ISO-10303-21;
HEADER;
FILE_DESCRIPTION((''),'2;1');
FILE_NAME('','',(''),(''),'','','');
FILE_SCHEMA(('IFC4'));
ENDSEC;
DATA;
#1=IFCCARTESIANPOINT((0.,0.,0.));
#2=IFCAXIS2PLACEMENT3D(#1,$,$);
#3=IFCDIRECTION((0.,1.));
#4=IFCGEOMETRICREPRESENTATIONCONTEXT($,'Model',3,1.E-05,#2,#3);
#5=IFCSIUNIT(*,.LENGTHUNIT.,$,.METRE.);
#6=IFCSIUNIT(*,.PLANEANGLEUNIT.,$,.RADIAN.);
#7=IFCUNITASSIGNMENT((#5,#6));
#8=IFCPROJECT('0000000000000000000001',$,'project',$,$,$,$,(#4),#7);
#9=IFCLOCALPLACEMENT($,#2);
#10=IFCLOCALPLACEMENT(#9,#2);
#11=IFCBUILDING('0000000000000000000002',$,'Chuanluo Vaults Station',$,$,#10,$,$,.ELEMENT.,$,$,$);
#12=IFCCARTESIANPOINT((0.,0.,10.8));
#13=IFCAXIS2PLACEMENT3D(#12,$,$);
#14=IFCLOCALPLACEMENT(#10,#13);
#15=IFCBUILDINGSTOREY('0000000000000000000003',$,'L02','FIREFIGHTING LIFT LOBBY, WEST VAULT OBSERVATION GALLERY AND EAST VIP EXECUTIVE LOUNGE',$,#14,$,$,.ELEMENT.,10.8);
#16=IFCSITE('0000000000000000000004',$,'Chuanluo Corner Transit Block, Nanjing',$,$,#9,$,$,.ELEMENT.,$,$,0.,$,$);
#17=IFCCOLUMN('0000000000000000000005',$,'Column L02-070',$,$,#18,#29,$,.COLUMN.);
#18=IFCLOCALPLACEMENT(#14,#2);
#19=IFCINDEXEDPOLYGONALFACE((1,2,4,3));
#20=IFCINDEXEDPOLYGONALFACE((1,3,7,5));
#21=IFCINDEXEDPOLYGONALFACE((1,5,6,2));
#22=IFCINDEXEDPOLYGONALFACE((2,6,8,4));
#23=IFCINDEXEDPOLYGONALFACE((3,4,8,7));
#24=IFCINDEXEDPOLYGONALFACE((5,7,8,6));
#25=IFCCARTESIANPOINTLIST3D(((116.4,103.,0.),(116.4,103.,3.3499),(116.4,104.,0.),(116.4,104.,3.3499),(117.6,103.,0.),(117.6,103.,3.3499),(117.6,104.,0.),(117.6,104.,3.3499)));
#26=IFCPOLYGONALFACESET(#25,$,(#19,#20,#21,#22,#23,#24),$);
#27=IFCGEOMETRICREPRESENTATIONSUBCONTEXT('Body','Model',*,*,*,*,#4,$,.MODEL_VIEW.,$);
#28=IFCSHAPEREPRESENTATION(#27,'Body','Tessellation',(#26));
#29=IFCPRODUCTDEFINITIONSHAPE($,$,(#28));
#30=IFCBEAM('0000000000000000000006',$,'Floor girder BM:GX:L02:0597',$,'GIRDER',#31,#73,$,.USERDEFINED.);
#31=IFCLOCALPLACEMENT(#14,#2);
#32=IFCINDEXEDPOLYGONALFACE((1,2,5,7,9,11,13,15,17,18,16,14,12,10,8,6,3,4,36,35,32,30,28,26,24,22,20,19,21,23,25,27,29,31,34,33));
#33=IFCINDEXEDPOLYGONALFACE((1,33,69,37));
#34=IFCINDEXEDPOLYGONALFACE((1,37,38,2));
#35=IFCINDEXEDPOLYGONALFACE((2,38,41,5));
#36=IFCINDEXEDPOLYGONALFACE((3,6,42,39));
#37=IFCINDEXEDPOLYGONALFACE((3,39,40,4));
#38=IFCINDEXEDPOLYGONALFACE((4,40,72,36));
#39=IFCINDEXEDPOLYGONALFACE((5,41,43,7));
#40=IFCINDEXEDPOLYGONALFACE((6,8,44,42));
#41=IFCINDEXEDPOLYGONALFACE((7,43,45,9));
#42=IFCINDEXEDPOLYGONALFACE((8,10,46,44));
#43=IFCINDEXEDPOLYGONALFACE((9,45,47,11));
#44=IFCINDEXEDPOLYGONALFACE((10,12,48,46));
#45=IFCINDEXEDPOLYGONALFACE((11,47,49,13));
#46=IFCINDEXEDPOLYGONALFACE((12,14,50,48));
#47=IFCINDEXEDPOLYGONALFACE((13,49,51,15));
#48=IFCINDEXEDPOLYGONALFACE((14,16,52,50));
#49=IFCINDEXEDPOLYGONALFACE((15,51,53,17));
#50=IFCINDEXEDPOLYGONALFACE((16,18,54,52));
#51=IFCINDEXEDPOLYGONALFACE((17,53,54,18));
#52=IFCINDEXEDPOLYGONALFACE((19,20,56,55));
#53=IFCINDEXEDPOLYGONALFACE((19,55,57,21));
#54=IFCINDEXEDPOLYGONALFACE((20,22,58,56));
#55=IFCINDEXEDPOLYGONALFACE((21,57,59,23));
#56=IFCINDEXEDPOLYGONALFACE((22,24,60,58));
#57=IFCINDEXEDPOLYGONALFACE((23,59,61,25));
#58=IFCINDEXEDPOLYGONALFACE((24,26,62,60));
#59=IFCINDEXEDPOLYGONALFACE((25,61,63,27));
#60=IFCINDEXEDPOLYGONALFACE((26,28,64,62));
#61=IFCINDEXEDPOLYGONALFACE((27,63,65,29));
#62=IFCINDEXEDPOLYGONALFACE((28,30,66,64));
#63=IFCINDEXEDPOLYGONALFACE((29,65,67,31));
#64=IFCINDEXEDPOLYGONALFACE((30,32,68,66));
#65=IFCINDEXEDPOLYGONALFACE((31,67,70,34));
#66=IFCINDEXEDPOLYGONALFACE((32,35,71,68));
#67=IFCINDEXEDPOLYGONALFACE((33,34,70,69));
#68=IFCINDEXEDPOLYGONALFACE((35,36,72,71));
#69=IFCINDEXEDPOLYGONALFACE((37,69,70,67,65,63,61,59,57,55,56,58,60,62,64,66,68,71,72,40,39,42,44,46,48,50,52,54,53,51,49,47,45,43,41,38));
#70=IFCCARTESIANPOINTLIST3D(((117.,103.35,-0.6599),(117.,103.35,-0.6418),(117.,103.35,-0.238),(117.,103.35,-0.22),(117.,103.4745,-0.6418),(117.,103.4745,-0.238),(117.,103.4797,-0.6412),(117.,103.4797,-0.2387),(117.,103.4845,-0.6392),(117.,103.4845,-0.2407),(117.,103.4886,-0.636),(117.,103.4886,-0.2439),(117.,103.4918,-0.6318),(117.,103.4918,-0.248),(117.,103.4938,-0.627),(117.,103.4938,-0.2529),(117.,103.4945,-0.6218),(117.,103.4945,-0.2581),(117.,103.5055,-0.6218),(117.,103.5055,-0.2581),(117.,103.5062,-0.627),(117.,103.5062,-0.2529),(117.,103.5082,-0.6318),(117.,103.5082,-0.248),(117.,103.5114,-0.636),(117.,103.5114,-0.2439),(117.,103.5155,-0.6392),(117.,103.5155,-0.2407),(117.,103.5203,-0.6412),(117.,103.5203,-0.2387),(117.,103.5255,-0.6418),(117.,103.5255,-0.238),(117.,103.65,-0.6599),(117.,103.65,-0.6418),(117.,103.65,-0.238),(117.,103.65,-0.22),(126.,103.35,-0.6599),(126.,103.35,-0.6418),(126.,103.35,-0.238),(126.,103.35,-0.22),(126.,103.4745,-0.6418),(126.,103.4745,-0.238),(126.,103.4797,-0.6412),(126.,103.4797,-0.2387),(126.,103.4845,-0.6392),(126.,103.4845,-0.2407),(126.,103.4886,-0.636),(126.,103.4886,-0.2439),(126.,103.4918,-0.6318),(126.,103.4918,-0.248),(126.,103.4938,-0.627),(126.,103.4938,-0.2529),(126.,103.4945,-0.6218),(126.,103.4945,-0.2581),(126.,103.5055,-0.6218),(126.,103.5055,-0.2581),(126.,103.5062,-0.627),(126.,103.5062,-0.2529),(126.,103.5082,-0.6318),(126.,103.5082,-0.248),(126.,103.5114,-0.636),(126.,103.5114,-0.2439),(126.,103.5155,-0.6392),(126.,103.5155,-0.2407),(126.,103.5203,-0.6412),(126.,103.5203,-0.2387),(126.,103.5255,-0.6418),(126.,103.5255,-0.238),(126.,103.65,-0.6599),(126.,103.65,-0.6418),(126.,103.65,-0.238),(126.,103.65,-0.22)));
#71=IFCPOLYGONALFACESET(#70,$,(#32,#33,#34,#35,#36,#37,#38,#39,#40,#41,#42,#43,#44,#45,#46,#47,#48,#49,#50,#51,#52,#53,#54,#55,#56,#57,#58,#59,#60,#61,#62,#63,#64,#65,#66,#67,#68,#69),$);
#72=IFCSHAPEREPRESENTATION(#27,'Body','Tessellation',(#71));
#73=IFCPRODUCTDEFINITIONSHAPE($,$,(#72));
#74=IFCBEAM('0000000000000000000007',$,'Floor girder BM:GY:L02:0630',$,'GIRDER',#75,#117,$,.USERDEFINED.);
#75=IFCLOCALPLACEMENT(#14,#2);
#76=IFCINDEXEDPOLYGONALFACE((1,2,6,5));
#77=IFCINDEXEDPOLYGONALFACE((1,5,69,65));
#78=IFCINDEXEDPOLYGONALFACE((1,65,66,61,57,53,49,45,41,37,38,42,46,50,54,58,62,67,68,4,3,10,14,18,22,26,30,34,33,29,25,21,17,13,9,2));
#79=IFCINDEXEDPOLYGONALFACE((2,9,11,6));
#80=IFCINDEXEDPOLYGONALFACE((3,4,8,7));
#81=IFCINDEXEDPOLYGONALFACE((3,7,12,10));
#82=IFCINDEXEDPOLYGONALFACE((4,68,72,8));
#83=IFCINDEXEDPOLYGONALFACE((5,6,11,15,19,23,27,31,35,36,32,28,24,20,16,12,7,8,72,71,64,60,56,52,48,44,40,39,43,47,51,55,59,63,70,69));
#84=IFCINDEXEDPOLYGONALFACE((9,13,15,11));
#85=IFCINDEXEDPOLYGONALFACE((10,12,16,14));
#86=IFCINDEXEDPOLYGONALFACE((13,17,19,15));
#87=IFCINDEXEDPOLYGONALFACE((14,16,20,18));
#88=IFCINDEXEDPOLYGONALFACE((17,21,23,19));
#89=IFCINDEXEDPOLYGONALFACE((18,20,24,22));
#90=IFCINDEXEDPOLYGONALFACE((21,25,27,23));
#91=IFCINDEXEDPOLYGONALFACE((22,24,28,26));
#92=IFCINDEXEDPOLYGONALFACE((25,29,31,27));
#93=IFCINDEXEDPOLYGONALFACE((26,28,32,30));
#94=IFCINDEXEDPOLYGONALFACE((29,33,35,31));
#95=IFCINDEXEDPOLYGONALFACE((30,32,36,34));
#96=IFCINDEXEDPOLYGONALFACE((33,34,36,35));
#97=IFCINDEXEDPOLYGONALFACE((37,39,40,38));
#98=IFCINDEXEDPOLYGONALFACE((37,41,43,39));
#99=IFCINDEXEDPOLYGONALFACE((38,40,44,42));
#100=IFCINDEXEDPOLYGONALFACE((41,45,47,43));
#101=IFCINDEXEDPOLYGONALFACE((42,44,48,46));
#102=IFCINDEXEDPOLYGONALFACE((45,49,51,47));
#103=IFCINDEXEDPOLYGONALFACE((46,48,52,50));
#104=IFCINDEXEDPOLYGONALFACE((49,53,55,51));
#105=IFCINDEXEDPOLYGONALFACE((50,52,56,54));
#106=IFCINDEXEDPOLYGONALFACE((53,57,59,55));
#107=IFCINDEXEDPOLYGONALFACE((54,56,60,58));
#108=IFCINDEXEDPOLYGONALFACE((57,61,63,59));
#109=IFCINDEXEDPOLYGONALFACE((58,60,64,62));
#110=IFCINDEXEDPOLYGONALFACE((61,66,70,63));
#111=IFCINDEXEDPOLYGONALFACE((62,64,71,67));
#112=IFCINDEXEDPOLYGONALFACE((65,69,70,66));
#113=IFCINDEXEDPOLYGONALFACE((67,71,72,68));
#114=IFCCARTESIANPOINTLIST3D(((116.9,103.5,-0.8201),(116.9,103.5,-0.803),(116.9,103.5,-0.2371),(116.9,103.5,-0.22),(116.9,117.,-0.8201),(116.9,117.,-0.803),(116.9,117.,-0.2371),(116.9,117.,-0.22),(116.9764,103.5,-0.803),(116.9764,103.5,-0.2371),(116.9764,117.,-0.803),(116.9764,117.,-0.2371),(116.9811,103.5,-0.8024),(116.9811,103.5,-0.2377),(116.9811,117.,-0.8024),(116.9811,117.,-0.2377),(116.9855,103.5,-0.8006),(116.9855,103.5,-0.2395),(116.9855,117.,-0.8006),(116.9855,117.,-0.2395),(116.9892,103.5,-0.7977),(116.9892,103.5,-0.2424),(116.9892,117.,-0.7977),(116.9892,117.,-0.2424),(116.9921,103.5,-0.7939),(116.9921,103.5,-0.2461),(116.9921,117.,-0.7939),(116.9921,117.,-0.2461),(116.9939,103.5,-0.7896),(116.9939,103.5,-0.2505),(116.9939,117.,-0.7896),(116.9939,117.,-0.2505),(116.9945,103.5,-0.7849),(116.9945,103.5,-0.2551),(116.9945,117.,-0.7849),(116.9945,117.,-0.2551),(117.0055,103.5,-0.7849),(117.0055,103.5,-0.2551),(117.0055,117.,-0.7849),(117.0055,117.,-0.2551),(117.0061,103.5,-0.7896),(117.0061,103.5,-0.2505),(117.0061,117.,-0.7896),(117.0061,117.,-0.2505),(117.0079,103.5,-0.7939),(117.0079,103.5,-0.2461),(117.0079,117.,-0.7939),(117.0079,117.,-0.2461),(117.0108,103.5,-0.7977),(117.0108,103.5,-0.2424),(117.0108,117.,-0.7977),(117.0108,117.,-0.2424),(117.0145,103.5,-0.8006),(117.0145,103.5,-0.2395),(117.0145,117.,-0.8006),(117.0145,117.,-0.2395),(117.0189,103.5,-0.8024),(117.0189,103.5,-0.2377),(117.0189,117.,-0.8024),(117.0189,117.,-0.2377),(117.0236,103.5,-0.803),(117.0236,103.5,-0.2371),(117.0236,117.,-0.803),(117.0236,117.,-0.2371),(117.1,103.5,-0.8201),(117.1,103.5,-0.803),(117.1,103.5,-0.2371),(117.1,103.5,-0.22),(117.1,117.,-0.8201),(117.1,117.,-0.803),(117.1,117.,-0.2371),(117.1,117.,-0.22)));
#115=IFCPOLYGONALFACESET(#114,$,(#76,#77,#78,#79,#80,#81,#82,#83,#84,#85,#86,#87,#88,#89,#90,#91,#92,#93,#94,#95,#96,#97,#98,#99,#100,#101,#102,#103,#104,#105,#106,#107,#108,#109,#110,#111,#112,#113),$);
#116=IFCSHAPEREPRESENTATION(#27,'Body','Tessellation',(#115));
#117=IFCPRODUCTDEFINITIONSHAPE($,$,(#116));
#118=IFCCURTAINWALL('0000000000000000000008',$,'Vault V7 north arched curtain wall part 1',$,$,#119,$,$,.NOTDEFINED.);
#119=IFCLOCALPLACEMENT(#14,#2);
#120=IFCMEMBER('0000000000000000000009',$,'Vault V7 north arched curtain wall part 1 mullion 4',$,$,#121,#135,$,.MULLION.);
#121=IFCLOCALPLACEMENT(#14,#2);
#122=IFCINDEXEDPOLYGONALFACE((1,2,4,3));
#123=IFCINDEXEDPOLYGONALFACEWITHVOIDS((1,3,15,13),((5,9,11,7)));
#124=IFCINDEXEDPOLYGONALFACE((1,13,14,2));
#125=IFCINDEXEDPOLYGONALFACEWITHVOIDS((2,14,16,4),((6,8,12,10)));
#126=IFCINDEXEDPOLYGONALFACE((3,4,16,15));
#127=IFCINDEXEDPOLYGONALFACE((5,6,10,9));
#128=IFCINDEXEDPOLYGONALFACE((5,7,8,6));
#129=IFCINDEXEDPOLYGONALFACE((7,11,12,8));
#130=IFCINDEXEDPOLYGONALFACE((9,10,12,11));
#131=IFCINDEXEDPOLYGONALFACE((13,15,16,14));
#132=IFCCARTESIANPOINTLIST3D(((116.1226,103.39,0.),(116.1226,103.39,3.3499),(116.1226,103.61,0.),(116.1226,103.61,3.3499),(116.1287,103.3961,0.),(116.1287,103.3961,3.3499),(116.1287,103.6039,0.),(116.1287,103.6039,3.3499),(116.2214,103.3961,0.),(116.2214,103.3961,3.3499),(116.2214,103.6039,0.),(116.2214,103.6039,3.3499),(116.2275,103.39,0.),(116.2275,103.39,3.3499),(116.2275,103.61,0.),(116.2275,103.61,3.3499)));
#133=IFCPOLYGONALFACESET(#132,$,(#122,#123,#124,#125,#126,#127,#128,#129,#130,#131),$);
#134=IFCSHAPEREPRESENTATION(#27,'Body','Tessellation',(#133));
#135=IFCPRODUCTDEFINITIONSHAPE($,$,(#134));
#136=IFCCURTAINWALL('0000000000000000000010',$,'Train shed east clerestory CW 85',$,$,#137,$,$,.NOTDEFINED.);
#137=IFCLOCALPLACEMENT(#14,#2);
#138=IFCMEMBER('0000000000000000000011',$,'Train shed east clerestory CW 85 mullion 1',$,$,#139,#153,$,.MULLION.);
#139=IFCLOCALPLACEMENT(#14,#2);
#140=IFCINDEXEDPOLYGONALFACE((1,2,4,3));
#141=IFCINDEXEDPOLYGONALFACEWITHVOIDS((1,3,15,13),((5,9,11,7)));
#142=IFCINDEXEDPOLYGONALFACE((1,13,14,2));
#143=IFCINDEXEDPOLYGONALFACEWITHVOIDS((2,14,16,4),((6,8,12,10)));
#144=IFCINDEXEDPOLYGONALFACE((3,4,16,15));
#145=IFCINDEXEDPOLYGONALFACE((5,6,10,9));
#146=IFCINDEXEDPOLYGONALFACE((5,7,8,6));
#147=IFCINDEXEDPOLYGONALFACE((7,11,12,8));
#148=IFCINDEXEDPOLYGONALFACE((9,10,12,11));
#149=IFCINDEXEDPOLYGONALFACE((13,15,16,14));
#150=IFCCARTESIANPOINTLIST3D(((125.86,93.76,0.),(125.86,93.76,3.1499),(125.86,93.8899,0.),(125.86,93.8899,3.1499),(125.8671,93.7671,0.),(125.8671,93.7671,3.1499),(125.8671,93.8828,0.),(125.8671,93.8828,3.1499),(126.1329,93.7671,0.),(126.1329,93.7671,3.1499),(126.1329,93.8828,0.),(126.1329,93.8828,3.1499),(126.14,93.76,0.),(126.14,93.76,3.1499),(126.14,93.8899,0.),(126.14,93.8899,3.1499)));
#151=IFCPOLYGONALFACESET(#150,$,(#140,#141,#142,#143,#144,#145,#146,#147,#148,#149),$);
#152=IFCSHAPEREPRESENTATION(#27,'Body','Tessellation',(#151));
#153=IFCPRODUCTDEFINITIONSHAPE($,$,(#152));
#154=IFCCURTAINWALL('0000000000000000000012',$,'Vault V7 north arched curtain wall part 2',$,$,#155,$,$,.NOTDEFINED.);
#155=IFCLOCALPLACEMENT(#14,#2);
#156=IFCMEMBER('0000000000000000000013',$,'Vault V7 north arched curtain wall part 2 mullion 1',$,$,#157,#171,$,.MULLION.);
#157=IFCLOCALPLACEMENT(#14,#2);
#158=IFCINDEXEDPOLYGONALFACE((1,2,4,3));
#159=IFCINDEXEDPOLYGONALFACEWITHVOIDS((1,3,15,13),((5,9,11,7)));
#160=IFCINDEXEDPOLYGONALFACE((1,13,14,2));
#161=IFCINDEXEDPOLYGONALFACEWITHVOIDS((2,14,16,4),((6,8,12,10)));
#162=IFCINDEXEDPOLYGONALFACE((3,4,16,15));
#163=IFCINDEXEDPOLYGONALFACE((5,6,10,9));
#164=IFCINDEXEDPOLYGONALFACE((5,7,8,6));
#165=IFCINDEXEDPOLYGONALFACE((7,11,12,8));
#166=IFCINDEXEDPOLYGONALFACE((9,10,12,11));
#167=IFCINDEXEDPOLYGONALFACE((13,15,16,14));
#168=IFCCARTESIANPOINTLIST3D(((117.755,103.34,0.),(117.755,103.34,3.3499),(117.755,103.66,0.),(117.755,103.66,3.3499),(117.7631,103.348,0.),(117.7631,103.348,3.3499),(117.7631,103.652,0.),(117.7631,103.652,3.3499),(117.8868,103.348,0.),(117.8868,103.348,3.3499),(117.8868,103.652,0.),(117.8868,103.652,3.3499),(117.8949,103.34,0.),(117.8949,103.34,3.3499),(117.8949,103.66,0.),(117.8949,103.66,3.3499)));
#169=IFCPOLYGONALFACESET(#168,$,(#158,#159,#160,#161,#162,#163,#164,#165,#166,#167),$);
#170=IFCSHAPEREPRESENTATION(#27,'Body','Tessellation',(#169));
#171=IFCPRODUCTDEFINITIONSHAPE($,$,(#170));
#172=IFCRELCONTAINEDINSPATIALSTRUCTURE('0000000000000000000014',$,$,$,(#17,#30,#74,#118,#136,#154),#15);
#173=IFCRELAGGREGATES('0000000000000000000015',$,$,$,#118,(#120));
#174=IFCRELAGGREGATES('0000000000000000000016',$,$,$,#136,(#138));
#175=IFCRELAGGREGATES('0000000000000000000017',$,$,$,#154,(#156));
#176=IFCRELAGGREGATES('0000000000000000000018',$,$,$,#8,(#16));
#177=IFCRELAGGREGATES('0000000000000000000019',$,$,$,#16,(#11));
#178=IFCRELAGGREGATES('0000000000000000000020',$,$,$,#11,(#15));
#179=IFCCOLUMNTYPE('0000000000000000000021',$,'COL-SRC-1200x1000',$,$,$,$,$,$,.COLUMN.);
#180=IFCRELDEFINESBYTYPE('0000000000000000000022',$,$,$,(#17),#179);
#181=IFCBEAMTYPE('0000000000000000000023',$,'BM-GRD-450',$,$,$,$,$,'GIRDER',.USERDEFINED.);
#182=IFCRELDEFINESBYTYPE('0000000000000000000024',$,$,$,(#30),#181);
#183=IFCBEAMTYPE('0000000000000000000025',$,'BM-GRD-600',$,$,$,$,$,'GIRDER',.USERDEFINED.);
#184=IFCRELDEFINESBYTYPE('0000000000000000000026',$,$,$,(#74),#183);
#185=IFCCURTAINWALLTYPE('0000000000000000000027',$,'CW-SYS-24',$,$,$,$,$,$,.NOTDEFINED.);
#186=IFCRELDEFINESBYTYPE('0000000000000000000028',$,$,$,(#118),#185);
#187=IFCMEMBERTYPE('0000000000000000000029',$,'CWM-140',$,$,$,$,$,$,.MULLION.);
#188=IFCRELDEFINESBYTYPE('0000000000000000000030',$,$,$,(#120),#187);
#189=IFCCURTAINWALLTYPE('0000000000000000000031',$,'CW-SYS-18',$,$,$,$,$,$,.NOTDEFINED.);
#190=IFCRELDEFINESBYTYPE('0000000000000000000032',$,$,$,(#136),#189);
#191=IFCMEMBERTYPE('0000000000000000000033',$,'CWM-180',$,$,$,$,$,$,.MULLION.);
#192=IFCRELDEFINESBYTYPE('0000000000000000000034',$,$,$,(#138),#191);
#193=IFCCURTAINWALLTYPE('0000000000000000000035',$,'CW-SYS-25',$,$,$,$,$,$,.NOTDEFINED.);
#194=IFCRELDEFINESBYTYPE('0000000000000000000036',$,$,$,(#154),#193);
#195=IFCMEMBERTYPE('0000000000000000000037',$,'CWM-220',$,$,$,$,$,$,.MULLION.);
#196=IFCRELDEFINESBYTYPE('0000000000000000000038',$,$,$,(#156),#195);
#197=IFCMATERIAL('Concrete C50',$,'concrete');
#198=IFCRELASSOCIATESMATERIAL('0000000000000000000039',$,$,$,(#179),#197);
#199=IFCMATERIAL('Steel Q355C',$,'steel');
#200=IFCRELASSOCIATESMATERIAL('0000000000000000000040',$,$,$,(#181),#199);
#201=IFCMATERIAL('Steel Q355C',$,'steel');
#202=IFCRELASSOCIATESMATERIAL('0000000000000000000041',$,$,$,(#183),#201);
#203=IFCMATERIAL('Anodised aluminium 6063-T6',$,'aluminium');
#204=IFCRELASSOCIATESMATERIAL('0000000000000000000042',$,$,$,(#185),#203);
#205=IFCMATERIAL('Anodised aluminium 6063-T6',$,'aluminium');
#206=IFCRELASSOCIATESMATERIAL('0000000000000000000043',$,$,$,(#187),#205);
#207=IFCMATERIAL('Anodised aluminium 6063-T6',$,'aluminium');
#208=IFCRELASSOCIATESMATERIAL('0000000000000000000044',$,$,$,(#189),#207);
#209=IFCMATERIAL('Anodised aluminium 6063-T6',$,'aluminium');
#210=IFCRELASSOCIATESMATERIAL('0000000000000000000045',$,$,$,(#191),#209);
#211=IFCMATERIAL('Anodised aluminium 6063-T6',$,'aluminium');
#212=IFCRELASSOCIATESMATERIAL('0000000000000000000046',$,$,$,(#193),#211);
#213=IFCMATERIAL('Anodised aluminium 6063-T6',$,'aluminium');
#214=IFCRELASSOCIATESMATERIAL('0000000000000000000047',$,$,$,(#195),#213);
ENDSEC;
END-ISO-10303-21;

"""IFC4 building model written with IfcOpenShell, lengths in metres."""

from ifc_helpers import new_model, si_unit, direction, frame, origin, origin_2d, place, context, subcontext, project, spatial, rectangle, hollow_rectangle, i_section, extrude, material, material_profile, profile_set, type_object, element, aggregate, save


model = new_model("IFC4")

# Units and contexts
model_context = context("Model", 3, precision=1e-05, world=origin(), true_north=direction((0.0, 1.0)))
body_context = subcontext(model_context, "Body", "Model", "MODEL_VIEW")
ifc_project = project(units=[si_unit("LENGTHUNIT", "METRE"), si_unit("PLANEANGLEUNIT", "RADIAN")], contexts=[model_context])

# Site, building, storey
site_placement = place(None, origin())
site = spatial("IfcSite", under=ifc_project, at=site_placement, Name="Chuanluo Corner Transit Block, Nanjing", CompositionType="ELEMENT", RefElevation=0.0)
building_placement = place(site_placement, origin())
building = spatial("IfcBuilding", under=site, at=building_placement, Name="Chuanluo Vaults Station", CompositionType="ELEMENT")
storey_placement = place(building_placement, frame((0.0, 0.0, 10.8)))
storey = spatial("IfcBuildingStorey", under=building, at=storey_placement, Name="L02", Description="FIREFIGHTING LIFT LOBBY, WEST VAULT OBSERVATION GALLERY AND EAST VIP EXECUTIVE LOUNGE", CompositionType="ELEMENT", Elevation=10.8)

# Column
ifc_material_1 = material(Name="Concrete C50", Category="concrete")
ifc_material_profile_1 = material_profile(ifc_material_1, rectangle(XDim=1.2, YDim=1.0, at=origin_2d()))
ifc_profile_set_1 = profile_set([ifc_material_profile_1], Name="Concrete C50")
column_type = type_object("IfcColumnType", Name="COL-SRC-1200x1000", PredefinedType="COLUMN", material=ifc_profile_set_1)
column_placement = place(storey_placement, frame((117.0, 103.5, 0.0), z_axis=(0.0, 0.0, 1.0), x_axis=(1.0, 0.0, 0.0)))
element("IfcColumn", 1, at=column_placement, inside=storey, type_object=column_type, Name="Column L02-070", PredefinedType="COLUMN", context=body_context, shape_type="SweptSolid", body=[
    extrude(rectangle(XDim=1.2, YDim=1.0, at=origin_2d()), origin(), (0.0, 0.0, 1.0), 3.3499),
])

# Beams
ifc_material_2 = material(Name="Steel Q355C", Category="steel")
ifc_material_profile_2 = material_profile(ifc_material_2, i_section(OverallWidth=0.3, OverallDepth=0.4399, WebThickness=0.011, FlangeThickness=0.0181, FilletRadius=0.02, at=origin_2d()))
ifc_profile_set_2 = profile_set([ifc_material_profile_2], Name="Steel Q355C")
beam_type_1 = type_object("IfcBeamType", Name="BM-GRD-450", ElementType="GIRDER", PredefinedType="USERDEFINED", material=ifc_profile_set_2)
beam_1_placement = place(storey_placement, frame((117.0, 103.5, -0.4399), z_axis=(1.0, 0.0, 0.0), x_axis=(0.0, 1.0, 0.0)))
element("IfcBeam", 2, at=beam_1_placement, inside=storey, type_object=beam_type_1, Name="Floor girder BM:GX:L02:0597", ObjectType="GIRDER", PredefinedType="USERDEFINED", context=body_context, shape_type="SweptSolid", body=[
    extrude(i_section(OverallWidth=0.3, OverallDepth=0.4399, WebThickness=0.011, FlangeThickness=0.0181, FilletRadius=0.02, at=origin_2d()), origin(), (0.0, 0.0, 1.0), 9.0),
])
ifc_material_3 = material(Name="Steel Q355C", Category="steel")
ifc_material_profile_3 = material_profile(ifc_material_3, i_section(OverallWidth=0.2, OverallDepth=0.6001, WebThickness=0.011, FlangeThickness=0.0171, FilletRadius=0.0181, at=origin_2d()))
ifc_profile_set_3 = profile_set([ifc_material_profile_3], Name="Steel Q355C")
beam_type_2 = type_object("IfcBeamType", Name="BM-GRD-600", ElementType="GIRDER", PredefinedType="USERDEFINED", material=ifc_profile_set_3)
beam_2_placement = place(storey_placement, frame((117.0, 103.5, -0.52), z_axis=(0.0, 1.0, 0.0), x_axis=(-1.0, 0.0, 0.0)))
element("IfcBeam", 3, at=beam_2_placement, inside=storey, type_object=beam_type_2, Name="Floor girder BM:GY:L02:0630", ObjectType="GIRDER", PredefinedType="USERDEFINED", context=body_context, shape_type="SweptSolid", body=[
    extrude(i_section(OverallWidth=0.2, OverallDepth=0.6001, WebThickness=0.011, FlangeThickness=0.0171, FilletRadius=0.0181, at=origin_2d()), origin(), (0.0, 0.0, 1.0), 13.5),
])

# Curtain walls, members
ifc_material_4 = material(Name="Anodised aluminium 6063-T6", Category="aluminium")
curtain_wall_type_1 = type_object("IfcCurtainWallType", Name="CW-SYS-24", PredefinedType="NOTDEFINED", material=ifc_material_4)
curtain_wall_1_placement = place(storey_placement, origin())
curtain_wall_1 = element("IfcCurtainWall", 4, at=curtain_wall_1_placement, inside=storey, type_object=curtain_wall_type_1, Name="Vault V7 north arched curtain wall part 1", PredefinedType="NOTDEFINED")
ifc_material_5 = material(Name="Anodised aluminium 6063-T6", Category="aluminium")
ifc_material_profile_4 = material_profile(ifc_material_5, hollow_rectangle(XDim=0.105, YDim=0.22, WallThickness=0.0061, at=origin_2d()))
ifc_profile_set_4 = profile_set([ifc_material_profile_4], Name="Anodised aluminium 6063-T6")
member_type_1 = type_object("IfcMemberType", Name="CWM-140", PredefinedType="MULLION", material=ifc_profile_set_4)
member_1_placement = place(storey_placement, frame((116.175, 103.5, 0.0), z_axis=(0.0, 0.0, 1.0), x_axis=(1.0, 0.0, 0.0)))
member_1 = element("IfcMember", 5, at=member_1_placement, type_object=member_type_1, Name="Vault V7 north arched curtain wall part 1 mullion 4", PredefinedType="MULLION", context=body_context, shape_type="SweptSolid", body=[
    extrude(hollow_rectangle(XDim=0.105, YDim=0.22, WallThickness=0.0061, at=origin_2d()), origin(), (0.0, 0.0, 1.0), 3.3499),
])
ifc_material_6 = material(Name="Anodised aluminium 6063-T6", Category="aluminium")
curtain_wall_type_2 = type_object("IfcCurtainWallType", Name="CW-SYS-18", PredefinedType="NOTDEFINED", material=ifc_material_6)
curtain_wall_2_placement = place(storey_placement, origin())
curtain_wall_2 = element("IfcCurtainWall", 6, at=curtain_wall_2_placement, inside=storey, type_object=curtain_wall_type_2, Name="Train shed east clerestory CW 85", PredefinedType="NOTDEFINED")
ifc_material_7 = material(Name="Anodised aluminium 6063-T6", Category="aluminium")
ifc_material_profile_5 = material_profile(ifc_material_7, hollow_rectangle(XDim=0.1299, YDim=0.28, WallThickness=0.0071, at=origin_2d()))
ifc_profile_set_5 = profile_set([ifc_material_profile_5], Name="Anodised aluminium 6063-T6")
member_type_2 = type_object("IfcMemberType", Name="CWM-180", PredefinedType="MULLION", material=ifc_profile_set_5)
member_2_placement = place(storey_placement, frame((126.0, 93.825, 0.0), z_axis=(0.0, 0.0, 1.0), x_axis=(0.0, -1.0, 0.0)))
member_2 = element("IfcMember", 7, at=member_2_placement, type_object=member_type_2, Name="Train shed east clerestory CW 85 mullion 1", PredefinedType="MULLION", context=body_context, shape_type="SweptSolid", body=[
    extrude(hollow_rectangle(XDim=0.1299, YDim=0.28, WallThickness=0.0071, at=origin_2d()), origin(), (0.0, 0.0, 1.0), 3.1499),
])
ifc_material_8 = material(Name="Anodised aluminium 6063-T6", Category="aluminium")
curtain_wall_type_3 = type_object("IfcCurtainWallType", Name="CW-SYS-25", PredefinedType="NOTDEFINED", material=ifc_material_8)
curtain_wall_3_placement = place(storey_placement, origin())
curtain_wall_3 = element("IfcCurtainWall", 8, at=curtain_wall_3_placement, inside=storey, type_object=curtain_wall_type_3, Name="Vault V7 north arched curtain wall part 2", PredefinedType="NOTDEFINED")
ifc_material_9 = material(Name="Anodised aluminium 6063-T6", Category="aluminium")
ifc_material_profile_6 = material_profile(ifc_material_9, hollow_rectangle(XDim=0.1399, YDim=0.3201, WallThickness=0.0081, at=origin_2d()))
ifc_profile_set_6 = profile_set([ifc_material_profile_6], Name="Anodised aluminium 6063-T6")
member_type_3 = type_object("IfcMemberType", Name="CWM-220", PredefinedType="MULLION", material=ifc_profile_set_6)
member_3_placement = place(storey_placement, frame((117.825, 103.5, 0.0), z_axis=(0.0, 0.0, 1.0), x_axis=(1.0, 0.0, 0.0)))
member_3 = element("IfcMember", 9, at=member_3_placement, type_object=member_type_3, Name="Vault V7 north arched curtain wall part 2 mullion 1", PredefinedType="MULLION", context=body_context, shape_type="SweptSolid", body=[
    extrude(hollow_rectangle(XDim=0.1399, YDim=0.3201, WallThickness=0.0081, at=origin_2d()), origin(), (0.0, 0.0, 1.0), 3.3499),
])

aggregate(curtain_wall_1, [member_1])
aggregate(curtain_wall_2, [member_2])
aggregate(curtain_wall_3, [member_3])

save(model, "model.ifc")
